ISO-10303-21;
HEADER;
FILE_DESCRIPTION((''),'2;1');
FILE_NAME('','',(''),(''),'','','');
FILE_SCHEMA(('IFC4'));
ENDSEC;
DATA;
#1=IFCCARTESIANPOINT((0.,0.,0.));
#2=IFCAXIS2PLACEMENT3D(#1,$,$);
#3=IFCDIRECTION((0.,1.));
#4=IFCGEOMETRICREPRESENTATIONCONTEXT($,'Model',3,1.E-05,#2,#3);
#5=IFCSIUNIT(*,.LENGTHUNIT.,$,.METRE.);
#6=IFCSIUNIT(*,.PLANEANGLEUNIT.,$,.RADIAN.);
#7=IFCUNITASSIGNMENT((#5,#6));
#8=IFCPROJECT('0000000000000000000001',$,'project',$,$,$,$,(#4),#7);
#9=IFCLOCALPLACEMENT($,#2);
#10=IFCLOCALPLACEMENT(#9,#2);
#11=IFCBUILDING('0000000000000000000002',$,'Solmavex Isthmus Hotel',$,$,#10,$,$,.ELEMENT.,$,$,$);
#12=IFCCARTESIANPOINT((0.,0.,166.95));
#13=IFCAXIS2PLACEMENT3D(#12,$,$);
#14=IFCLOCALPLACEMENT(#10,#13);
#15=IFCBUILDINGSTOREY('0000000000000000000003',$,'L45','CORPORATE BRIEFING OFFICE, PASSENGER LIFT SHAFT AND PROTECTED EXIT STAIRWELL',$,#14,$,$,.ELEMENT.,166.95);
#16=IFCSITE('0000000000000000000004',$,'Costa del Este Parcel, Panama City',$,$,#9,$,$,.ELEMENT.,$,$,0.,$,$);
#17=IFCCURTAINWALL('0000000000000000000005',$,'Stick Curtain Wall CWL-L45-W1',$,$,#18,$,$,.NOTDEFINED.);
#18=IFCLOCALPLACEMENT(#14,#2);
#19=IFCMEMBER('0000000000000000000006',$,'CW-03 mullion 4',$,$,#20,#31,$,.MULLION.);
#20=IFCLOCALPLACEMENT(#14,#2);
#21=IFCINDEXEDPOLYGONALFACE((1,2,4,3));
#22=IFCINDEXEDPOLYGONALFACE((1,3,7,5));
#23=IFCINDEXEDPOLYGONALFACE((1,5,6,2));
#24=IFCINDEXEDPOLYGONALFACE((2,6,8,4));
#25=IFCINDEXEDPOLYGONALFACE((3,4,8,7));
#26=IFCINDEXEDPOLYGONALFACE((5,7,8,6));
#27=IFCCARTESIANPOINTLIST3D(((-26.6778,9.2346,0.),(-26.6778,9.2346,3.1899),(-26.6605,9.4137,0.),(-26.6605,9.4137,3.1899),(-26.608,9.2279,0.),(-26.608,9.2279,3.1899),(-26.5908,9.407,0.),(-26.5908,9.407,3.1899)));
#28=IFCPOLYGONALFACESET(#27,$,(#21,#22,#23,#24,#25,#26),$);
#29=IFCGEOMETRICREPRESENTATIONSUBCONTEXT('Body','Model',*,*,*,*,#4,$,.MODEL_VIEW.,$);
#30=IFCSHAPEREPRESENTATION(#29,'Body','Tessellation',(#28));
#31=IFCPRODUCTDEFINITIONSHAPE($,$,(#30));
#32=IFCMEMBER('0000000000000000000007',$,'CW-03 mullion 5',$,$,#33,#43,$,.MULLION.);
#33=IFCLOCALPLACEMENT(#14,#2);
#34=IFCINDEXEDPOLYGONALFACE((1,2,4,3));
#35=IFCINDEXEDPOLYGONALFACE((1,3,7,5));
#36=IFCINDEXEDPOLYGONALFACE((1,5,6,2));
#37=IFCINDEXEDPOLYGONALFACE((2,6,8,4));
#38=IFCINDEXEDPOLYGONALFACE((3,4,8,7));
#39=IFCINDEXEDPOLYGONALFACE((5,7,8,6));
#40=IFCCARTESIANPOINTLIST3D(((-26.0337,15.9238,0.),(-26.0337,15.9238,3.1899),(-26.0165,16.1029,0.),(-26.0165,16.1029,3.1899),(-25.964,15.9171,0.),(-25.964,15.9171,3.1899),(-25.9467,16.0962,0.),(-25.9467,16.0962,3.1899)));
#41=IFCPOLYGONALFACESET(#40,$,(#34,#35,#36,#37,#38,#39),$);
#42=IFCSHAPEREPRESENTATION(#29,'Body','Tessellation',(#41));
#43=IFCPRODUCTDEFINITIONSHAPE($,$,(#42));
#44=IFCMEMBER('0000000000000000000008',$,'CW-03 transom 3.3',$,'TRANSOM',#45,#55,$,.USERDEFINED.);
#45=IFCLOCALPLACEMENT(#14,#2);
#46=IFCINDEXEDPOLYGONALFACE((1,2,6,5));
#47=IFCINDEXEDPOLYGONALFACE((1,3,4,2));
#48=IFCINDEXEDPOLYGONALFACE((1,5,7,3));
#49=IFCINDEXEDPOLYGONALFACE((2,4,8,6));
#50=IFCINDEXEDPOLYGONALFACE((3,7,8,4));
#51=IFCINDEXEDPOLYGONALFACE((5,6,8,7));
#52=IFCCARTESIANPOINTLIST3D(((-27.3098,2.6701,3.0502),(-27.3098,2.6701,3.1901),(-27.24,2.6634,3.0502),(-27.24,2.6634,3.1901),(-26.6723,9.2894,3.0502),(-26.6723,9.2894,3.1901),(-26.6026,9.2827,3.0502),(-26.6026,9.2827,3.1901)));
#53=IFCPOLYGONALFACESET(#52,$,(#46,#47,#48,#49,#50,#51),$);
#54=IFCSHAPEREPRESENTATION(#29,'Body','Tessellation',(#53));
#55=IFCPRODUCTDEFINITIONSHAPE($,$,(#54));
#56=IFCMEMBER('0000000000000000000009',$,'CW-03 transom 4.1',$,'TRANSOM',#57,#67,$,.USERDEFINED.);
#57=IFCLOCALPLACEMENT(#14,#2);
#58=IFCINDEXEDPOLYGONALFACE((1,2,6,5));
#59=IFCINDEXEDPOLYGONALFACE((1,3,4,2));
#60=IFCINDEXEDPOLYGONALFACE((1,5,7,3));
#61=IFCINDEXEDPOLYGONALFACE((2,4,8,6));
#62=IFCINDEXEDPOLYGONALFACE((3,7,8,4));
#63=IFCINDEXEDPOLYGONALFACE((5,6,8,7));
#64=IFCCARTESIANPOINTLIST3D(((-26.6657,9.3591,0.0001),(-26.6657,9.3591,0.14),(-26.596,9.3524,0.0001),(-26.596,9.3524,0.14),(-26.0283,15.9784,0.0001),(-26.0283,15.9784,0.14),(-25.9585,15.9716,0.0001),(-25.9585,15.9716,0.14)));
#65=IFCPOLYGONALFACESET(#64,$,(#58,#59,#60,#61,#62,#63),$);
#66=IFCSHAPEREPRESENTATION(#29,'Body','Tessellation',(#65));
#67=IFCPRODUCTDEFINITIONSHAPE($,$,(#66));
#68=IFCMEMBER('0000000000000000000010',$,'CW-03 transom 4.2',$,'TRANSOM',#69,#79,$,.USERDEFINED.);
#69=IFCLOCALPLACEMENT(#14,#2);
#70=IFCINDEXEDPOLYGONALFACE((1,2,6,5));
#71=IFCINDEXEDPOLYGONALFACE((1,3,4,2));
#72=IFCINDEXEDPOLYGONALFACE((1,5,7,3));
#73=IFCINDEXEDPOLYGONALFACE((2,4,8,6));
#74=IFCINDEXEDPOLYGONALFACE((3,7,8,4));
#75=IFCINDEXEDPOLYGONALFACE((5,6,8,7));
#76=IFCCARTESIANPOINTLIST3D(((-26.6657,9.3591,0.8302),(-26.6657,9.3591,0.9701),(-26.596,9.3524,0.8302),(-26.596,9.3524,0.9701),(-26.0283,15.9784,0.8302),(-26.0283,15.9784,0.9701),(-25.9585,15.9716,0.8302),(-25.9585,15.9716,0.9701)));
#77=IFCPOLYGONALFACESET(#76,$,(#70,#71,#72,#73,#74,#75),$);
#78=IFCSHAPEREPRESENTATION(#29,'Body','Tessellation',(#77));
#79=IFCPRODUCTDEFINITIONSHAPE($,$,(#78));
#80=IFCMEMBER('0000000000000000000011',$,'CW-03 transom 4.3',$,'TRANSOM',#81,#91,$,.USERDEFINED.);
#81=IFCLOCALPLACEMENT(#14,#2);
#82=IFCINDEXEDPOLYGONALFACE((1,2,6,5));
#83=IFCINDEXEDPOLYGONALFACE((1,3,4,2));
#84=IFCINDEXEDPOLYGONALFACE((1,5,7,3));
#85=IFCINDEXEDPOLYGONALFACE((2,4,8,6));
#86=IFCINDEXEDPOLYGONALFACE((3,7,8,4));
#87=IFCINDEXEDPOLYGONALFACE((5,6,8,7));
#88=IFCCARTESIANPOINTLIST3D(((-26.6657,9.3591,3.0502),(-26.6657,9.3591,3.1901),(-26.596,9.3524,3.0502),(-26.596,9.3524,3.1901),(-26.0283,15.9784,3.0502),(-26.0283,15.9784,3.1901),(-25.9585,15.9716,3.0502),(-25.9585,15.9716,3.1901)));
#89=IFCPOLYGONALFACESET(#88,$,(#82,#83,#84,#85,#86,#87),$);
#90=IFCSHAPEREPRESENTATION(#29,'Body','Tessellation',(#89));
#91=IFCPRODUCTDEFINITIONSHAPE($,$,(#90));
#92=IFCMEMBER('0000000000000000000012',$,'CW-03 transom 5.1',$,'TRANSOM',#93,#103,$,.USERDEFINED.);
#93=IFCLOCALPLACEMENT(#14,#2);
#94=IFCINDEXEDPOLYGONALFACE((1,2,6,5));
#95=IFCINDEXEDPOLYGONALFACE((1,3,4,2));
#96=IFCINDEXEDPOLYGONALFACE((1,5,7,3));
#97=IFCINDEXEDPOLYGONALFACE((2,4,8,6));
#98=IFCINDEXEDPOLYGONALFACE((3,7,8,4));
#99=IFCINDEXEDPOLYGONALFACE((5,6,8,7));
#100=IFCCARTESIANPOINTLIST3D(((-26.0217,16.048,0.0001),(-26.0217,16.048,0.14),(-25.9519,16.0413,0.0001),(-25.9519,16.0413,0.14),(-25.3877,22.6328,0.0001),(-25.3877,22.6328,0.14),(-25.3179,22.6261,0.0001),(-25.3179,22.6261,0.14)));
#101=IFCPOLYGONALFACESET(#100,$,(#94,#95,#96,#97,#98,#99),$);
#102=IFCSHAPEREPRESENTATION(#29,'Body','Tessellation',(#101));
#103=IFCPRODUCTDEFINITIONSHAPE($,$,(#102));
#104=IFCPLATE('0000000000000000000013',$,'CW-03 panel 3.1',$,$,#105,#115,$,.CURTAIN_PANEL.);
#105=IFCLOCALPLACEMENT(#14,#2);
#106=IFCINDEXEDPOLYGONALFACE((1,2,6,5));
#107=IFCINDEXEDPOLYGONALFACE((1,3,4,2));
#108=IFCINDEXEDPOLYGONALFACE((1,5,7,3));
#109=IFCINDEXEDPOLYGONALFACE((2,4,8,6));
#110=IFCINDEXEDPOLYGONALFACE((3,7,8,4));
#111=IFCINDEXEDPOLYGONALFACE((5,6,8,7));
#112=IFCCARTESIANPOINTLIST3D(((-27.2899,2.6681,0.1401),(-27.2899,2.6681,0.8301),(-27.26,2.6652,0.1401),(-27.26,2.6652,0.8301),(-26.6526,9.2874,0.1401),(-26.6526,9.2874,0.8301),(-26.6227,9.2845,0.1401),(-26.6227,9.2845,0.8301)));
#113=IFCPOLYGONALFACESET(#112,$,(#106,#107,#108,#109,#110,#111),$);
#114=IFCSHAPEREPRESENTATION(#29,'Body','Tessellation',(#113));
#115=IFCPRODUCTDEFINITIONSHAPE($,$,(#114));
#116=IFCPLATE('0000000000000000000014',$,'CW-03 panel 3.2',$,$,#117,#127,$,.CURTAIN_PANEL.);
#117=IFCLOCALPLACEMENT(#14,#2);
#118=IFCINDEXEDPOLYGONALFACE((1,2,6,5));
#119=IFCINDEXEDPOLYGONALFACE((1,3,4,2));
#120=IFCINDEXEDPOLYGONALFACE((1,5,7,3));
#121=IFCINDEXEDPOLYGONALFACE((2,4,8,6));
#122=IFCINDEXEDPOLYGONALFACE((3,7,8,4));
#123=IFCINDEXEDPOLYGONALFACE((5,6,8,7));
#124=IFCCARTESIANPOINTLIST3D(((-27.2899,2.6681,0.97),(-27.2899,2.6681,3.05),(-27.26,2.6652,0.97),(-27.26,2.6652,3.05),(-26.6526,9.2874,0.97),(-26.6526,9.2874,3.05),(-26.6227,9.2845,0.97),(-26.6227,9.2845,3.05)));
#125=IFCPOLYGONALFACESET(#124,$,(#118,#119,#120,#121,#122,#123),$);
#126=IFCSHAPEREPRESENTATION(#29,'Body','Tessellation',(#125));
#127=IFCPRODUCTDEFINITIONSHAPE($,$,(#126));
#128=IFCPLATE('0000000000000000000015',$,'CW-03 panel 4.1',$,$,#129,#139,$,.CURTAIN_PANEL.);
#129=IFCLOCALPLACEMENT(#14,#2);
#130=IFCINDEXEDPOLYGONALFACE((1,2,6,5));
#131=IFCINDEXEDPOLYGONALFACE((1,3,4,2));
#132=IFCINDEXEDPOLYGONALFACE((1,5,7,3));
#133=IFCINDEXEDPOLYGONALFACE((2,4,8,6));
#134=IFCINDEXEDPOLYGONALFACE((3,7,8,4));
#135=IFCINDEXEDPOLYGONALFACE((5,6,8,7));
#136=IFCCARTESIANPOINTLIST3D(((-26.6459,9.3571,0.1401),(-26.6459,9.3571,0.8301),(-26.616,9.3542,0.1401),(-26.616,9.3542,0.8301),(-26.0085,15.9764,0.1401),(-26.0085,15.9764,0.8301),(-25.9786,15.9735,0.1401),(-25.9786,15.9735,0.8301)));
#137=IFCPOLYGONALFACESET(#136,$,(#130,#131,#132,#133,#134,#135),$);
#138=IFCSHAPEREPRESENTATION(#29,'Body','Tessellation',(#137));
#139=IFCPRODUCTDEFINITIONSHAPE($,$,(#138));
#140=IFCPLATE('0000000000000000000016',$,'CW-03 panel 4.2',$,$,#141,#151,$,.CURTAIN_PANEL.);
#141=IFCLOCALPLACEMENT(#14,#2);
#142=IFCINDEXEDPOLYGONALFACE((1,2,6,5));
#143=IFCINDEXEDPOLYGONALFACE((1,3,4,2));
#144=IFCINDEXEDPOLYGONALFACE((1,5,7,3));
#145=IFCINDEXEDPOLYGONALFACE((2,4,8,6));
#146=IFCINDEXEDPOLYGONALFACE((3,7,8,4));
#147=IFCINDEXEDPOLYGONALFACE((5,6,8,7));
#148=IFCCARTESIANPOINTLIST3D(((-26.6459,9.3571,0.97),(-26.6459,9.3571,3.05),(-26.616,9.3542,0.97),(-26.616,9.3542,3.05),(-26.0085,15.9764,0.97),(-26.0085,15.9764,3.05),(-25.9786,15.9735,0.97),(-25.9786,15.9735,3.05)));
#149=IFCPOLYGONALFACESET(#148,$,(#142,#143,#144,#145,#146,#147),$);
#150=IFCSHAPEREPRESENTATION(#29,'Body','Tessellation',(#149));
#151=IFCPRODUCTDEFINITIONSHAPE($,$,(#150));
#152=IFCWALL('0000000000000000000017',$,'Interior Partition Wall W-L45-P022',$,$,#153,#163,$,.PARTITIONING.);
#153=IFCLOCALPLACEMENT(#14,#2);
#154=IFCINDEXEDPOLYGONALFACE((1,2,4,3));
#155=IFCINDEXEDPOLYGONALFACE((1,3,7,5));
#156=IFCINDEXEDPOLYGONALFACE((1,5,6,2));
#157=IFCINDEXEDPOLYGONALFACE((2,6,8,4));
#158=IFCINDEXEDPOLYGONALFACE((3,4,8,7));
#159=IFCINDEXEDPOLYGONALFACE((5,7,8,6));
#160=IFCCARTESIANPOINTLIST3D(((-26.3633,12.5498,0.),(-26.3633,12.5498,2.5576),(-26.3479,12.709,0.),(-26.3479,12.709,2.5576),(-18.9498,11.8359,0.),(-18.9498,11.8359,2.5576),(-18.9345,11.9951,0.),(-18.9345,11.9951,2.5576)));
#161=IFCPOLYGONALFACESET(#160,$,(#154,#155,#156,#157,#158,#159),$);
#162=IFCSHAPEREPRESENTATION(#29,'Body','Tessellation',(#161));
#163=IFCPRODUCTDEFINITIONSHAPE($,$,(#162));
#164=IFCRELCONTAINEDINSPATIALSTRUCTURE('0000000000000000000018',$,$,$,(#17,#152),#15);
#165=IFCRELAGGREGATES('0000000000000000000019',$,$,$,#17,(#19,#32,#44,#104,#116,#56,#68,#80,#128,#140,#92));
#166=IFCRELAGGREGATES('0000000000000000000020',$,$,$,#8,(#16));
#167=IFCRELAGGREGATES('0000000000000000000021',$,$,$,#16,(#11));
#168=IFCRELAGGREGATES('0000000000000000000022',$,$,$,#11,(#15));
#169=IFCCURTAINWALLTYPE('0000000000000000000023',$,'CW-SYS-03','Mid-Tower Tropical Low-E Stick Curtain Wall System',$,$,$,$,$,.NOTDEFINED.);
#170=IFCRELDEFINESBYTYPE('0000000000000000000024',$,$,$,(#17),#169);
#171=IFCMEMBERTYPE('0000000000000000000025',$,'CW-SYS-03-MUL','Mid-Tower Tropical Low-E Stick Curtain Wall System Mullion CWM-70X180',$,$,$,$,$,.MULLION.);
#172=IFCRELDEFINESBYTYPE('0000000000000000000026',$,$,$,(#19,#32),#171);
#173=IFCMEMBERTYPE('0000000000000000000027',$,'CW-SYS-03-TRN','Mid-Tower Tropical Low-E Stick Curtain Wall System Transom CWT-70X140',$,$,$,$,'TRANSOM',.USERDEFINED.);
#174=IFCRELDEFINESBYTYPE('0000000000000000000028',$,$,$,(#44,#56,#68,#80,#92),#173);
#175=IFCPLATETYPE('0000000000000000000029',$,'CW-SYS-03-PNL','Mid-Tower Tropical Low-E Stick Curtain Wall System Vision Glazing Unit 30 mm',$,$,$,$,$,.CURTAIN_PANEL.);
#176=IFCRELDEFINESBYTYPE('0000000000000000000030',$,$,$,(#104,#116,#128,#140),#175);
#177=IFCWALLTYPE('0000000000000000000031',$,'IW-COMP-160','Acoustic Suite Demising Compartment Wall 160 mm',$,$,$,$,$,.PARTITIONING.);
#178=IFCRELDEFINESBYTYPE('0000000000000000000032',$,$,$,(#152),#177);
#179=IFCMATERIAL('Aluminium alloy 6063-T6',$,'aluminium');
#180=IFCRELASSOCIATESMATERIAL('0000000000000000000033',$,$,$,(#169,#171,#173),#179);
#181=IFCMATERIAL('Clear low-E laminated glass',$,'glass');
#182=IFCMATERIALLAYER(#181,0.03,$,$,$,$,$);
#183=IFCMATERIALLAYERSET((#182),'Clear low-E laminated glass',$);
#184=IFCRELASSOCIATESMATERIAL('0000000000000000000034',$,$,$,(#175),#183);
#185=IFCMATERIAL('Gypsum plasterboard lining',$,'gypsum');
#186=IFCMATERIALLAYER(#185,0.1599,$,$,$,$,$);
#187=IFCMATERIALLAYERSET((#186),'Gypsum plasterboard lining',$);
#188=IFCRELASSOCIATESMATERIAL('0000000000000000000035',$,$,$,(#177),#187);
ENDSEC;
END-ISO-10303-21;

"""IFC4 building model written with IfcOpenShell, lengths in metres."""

from ifc_helpers import new_model, si_unit, direction, frame, frame_2d, origin, origin_2d, place, context, subcontext, project, spatial, rectangle, extrude, material, layer, layer_set, material_profile, profile_set, type_object, element, aggregate, save


model = new_model("IFC4")

# Units and contexts
model_context = context("Model", 3, precision=1e-05, world=origin(), true_north=direction((0.0, 1.0)))
body_context = subcontext(model_context, "Body", "Model", "MODEL_VIEW")
ifc_project = project(units=[si_unit("LENGTHUNIT", "METRE"), si_unit("PLANEANGLEUNIT", "RADIAN")], contexts=[model_context])

# Site, building, storey
site_placement = place(None, origin())
site = spatial("IfcSite", under=ifc_project, at=site_placement, Name="Costa del Este Parcel, Panama City", CompositionType="ELEMENT", RefElevation=0.0)
building_placement = place(site_placement, origin())
building = spatial("IfcBuilding", under=site, at=building_placement, Name="Solmavex Isthmus Hotel", CompositionType="ELEMENT")
storey_placement = place(building_placement, frame((0.0, 0.0, 166.95)))
storey = spatial("IfcBuildingStorey", under=building, at=storey_placement, Name="L45", Description="CORPORATE BRIEFING OFFICE, PASSENGER LIFT SHAFT AND PROTECTED EXIT STAIRWELL", CompositionType="ELEMENT", Elevation=166.95)

# Curtain wall, members, plates
ifc_material_1 = material(Name="Aluminium alloy 6063-T6", Category="aluminium")
curtain_wall_type = type_object("IfcCurtainWallType", Name="CW-SYS-03", Description="Mid-Tower Tropical Low-E Stick Curtain Wall System", PredefinedType="NOTDEFINED", material=ifc_material_1)
curtain_wall_placement = place(storey_placement, origin())
curtain_wall = element("IfcCurtainWall", 1, at=curtain_wall_placement, inside=storey, type_object=curtain_wall_type, Name="Stick Curtain Wall CWL-L45-W1", PredefinedType="NOTDEFINED")
ifc_material_profile_1 = material_profile(ifc_material_1, rectangle(XDim=0.0701, YDim=0.1799, at=origin_2d()), Name="CWM-70X180")
ifc_profile_set_1 = profile_set([ifc_material_profile_1], Name="Aluminium alloy 6063-T6")
member_type_1 = type_object("IfcMemberType", Name="CW-SYS-03-MUL", Description="Mid-Tower Tropical Low-E Stick Curtain Wall System Mullion CWM-70X180", PredefinedType="MULLION", material=ifc_profile_set_1)
member_1_placement = place(storey_placement, frame((-26.6343, 9.3208, 0.0), z_axis=(0.0, 0.0, 1.0), x_axis=(-0.995396, 0.095846, 0.0)))
member_1 = element("IfcMember", 2, at=member_1_placement, type_object=member_type_1, Name="CW-03 mullion 4", PredefinedType="MULLION", context=body_context, shape_type="SweptSolid", body=[
    extrude(rectangle(XDim=0.0701, YDim=0.1799, at=origin_2d()), origin(), (0.0, 0.0, 1.0), 3.1899),
])
member_2_placement = place(storey_placement, frame((-25.9902, 16.01, 0.0), z_axis=(0.0, 0.0, 1.0), x_axis=(-0.995396, 0.095846, 0.0)))
member_2 = element("IfcMember", 3, at=member_2_placement, type_object=member_type_1, Name="CW-03 mullion 5", PredefinedType="MULLION", context=body_context, shape_type="SweptSolid", body=[
    extrude(rectangle(XDim=0.0701, YDim=0.1799, at=origin_2d()), origin(), (0.0, 0.0, 1.0), 3.1899),
])
ifc_material_profile_2 = material_profile(ifc_material_1, rectangle(XDim=0.0701, YDim=0.1399, at=origin_2d()), Name="CWT-70X140")
ifc_profile_set_2 = profile_set([ifc_material_profile_2], Name="Aluminium alloy 6063-T6")
member_type_2 = type_object("IfcMemberType", Name="CW-SYS-03-TRN", Description="Mid-Tower Tropical Low-E Stick Curtain Wall System Transom CWT-70X140", ElementType="TRANSOM", PredefinedType="USERDEFINED", material=ifc_profile_set_2)
member_3_placement = place(storey_placement, frame((-27.2749, 2.6667, 3.1201), z_axis=(0.095857, 0.995395, 0.0), x_axis=(-0.995395, 0.095857, 0.0)))
member_3 = element("IfcMember", 4, at=member_3_placement, type_object=member_type_2, Name="CW-03 transom 3.3", ObjectType="TRANSOM", PredefinedType="USERDEFINED", context=body_context, shape_type="SweptSolid", body=[
    extrude(rectangle(XDim=0.0701, YDim=0.1399, at=origin_2d()), origin(), (0.0, 0.0, 1.0), 6.6499),
])
member_4_placement = place(storey_placement, frame((-26.6309, 9.3557, 0.0701), z_axis=(0.095857, 0.995395, 0.0), x_axis=(-0.995395, 0.095857, 0.0)))
member_4 = element("IfcMember", 5, at=member_4_placement, type_object=member_type_2, Name="CW-03 transom 4.1", ObjectType="TRANSOM", PredefinedType="USERDEFINED", context=body_context, shape_type="SweptSolid", body=[
    extrude(rectangle(XDim=0.0701, YDim=0.1399, at=origin_2d()), origin(), (0.0, 0.0, 1.0), 6.6499),
])
member_5_placement = place(storey_placement, frame((-26.6309, 9.3557, 0.9001), z_axis=(0.095857, 0.995395, 0.0), x_axis=(-0.995395, 0.095857, 0.0)))
member_5 = element("IfcMember", 6, at=member_5_placement, type_object=member_type_2, Name="CW-03 transom 4.2", ObjectType="TRANSOM", PredefinedType="USERDEFINED", context=body_context, shape_type="SweptSolid", body=[
    extrude(rectangle(XDim=0.0701, YDim=0.1399, at=origin_2d()), origin(), (0.0, 0.0, 1.0), 6.6499),
])
member_6_placement = place(storey_placement, frame((-26.6309, 9.3557, 3.1201), z_axis=(0.095857, 0.995395, 0.0), x_axis=(-0.995395, 0.095857, 0.0)))
member_6 = element("IfcMember", 7, at=member_6_placement, type_object=member_type_2, Name="CW-03 transom 4.3", ObjectType="TRANSOM", PredefinedType="USERDEFINED", context=body_context, shape_type="SweptSolid", body=[
    extrude(rectangle(XDim=0.0701, YDim=0.1399, at=origin_2d()), origin(), (0.0, 0.0, 1.0), 6.6499),
])
member_7_placement = place(storey_placement, frame((-25.9868, 16.0447, 0.0701), z_axis=(0.095845, 0.995396, 0.0), x_axis=(-0.995396, 0.095845, 0.0)))
member_7 = element("IfcMember", 8, at=member_7_placement, type_object=member_type_2, Name="CW-03 transom 5.1", ObjectType="TRANSOM", PredefinedType="USERDEFINED", context=body_context, shape_type="SweptSolid", body=[
    extrude(rectangle(XDim=0.0701, YDim=0.1399, at=origin_2d()), origin(), (0.0, 0.0, 1.0), 6.6152),
])
ifc_material_2 = material(Name="Clear low-E laminated glass", Category="glass")
ifc_layer_1 = layer(ifc_material_2, 0.03)
ifc_layer_set_1 = layer_set([ifc_layer_1], Name="Clear low-E laminated glass")
plate_type = type_object("IfcPlateType", Name="CW-SYS-03-PNL", Description="Mid-Tower Tropical Low-E Stick Curtain Wall System Vision Glazing Unit 30 mm", PredefinedType="CURTAIN_PANEL", material=ifc_layer_set_1)
plate_1_placement = place(storey_placement, frame((-26.9563, 5.9763, 0.1401), z_axis=(0.0, 0.0, 1.0), x_axis=(0.095846, 0.995396, 0.0)))
plate_1 = element("IfcPlate", 9, at=plate_1_placement, type_object=plate_type, Name="CW-03 panel 3.1", PredefinedType="CURTAIN_PANEL", context=body_context, shape_type="SweptSolid", body=[
    extrude(rectangle(XDim=6.6499, YDim=0.03, at=origin_2d()), origin(), (0.0, 0.0, 1.0), 0.6899),
])
plate_2_placement = place(storey_placement, frame((-26.9563, 5.9763, 0.97), z_axis=(0.0, 0.0, 1.0), x_axis=(0.095846, 0.995396, 0.0)))
plate_2 = element("IfcPlate", 10, at=plate_2_placement, type_object=plate_type, Name="CW-03 panel 3.2", PredefinedType="CURTAIN_PANEL", context=body_context, shape_type="SweptSolid", body=[
    extrude(rectangle(XDim=6.6499, YDim=0.03, at=origin_2d()), origin(), (0.0, 0.0, 1.0), 2.0801),
])
plate_3_placement = place(storey_placement, frame((-26.3123, 12.6653, 0.1401), z_axis=(0.0, 0.0, 1.0), x_axis=(0.095846, 0.995396, 0.0)))
plate_3 = element("IfcPlate", 11, at=plate_3_placement, type_object=plate_type, Name="CW-03 panel 4.1", PredefinedType="CURTAIN_PANEL", context=body_context, shape_type="SweptSolid", body=[
    extrude(rectangle(XDim=6.6499, YDim=0.03, at=origin_2d()), origin(), (0.0, 0.0, 1.0), 0.6899),
])
plate_4_placement = place(storey_placement, frame((-26.3123, 12.6653, 0.97), z_axis=(0.0, 0.0, 1.0), x_axis=(0.095846, 0.995396, 0.0)))
plate_4 = element("IfcPlate", 12, at=plate_4_placement, type_object=plate_type, Name="CW-03 panel 4.2", PredefinedType="CURTAIN_PANEL", context=body_context, shape_type="SweptSolid", body=[
    extrude(rectangle(XDim=6.6499, YDim=0.03, at=origin_2d()), origin(), (0.0, 0.0, 1.0), 2.0801),
])
aggregate(curtain_wall, [member_1, member_2, member_3, plate_1, plate_2, member_4, member_5, member_6, plate_3, plate_4, member_7])

# Wall
ifc_material_3 = material(Name="Gypsum plasterboard lining", Category="gypsum")
ifc_layer_2 = layer(ifc_material_3, 0.1599)
ifc_layer_set_2 = layer_set([ifc_layer_2], Name="Gypsum plasterboard lining")
wall_type_1 = type_object("IfcWallType", Name="IW-COMP-160", Description="Acoustic Suite Demising Compartment Wall 160 mm", PredefinedType="PARTITIONING", material=ifc_layer_set_2)
wall_1_placement = place(storey_placement, frame((-18.9421, 11.9155, 0.0), z_axis=(0.0, 0.0, 1.0), x_axis=(-0.995396, 0.095849, 0.0)))
element("IfcWall", 13, at=wall_1_placement, inside=storey, type_object=wall_type_1, Name="Interior Partition Wall W-L45-P022", PredefinedType="PARTITIONING", context=body_context, shape_type="SweptSolid", body=[
    extrude(rectangle(XDim=7.4478, YDim=0.1599, at=frame_2d((3.7239, 0.0))), origin(), (0.0, 0.0, 1.0), 2.5576),
])

save(model, "model.ifc")
